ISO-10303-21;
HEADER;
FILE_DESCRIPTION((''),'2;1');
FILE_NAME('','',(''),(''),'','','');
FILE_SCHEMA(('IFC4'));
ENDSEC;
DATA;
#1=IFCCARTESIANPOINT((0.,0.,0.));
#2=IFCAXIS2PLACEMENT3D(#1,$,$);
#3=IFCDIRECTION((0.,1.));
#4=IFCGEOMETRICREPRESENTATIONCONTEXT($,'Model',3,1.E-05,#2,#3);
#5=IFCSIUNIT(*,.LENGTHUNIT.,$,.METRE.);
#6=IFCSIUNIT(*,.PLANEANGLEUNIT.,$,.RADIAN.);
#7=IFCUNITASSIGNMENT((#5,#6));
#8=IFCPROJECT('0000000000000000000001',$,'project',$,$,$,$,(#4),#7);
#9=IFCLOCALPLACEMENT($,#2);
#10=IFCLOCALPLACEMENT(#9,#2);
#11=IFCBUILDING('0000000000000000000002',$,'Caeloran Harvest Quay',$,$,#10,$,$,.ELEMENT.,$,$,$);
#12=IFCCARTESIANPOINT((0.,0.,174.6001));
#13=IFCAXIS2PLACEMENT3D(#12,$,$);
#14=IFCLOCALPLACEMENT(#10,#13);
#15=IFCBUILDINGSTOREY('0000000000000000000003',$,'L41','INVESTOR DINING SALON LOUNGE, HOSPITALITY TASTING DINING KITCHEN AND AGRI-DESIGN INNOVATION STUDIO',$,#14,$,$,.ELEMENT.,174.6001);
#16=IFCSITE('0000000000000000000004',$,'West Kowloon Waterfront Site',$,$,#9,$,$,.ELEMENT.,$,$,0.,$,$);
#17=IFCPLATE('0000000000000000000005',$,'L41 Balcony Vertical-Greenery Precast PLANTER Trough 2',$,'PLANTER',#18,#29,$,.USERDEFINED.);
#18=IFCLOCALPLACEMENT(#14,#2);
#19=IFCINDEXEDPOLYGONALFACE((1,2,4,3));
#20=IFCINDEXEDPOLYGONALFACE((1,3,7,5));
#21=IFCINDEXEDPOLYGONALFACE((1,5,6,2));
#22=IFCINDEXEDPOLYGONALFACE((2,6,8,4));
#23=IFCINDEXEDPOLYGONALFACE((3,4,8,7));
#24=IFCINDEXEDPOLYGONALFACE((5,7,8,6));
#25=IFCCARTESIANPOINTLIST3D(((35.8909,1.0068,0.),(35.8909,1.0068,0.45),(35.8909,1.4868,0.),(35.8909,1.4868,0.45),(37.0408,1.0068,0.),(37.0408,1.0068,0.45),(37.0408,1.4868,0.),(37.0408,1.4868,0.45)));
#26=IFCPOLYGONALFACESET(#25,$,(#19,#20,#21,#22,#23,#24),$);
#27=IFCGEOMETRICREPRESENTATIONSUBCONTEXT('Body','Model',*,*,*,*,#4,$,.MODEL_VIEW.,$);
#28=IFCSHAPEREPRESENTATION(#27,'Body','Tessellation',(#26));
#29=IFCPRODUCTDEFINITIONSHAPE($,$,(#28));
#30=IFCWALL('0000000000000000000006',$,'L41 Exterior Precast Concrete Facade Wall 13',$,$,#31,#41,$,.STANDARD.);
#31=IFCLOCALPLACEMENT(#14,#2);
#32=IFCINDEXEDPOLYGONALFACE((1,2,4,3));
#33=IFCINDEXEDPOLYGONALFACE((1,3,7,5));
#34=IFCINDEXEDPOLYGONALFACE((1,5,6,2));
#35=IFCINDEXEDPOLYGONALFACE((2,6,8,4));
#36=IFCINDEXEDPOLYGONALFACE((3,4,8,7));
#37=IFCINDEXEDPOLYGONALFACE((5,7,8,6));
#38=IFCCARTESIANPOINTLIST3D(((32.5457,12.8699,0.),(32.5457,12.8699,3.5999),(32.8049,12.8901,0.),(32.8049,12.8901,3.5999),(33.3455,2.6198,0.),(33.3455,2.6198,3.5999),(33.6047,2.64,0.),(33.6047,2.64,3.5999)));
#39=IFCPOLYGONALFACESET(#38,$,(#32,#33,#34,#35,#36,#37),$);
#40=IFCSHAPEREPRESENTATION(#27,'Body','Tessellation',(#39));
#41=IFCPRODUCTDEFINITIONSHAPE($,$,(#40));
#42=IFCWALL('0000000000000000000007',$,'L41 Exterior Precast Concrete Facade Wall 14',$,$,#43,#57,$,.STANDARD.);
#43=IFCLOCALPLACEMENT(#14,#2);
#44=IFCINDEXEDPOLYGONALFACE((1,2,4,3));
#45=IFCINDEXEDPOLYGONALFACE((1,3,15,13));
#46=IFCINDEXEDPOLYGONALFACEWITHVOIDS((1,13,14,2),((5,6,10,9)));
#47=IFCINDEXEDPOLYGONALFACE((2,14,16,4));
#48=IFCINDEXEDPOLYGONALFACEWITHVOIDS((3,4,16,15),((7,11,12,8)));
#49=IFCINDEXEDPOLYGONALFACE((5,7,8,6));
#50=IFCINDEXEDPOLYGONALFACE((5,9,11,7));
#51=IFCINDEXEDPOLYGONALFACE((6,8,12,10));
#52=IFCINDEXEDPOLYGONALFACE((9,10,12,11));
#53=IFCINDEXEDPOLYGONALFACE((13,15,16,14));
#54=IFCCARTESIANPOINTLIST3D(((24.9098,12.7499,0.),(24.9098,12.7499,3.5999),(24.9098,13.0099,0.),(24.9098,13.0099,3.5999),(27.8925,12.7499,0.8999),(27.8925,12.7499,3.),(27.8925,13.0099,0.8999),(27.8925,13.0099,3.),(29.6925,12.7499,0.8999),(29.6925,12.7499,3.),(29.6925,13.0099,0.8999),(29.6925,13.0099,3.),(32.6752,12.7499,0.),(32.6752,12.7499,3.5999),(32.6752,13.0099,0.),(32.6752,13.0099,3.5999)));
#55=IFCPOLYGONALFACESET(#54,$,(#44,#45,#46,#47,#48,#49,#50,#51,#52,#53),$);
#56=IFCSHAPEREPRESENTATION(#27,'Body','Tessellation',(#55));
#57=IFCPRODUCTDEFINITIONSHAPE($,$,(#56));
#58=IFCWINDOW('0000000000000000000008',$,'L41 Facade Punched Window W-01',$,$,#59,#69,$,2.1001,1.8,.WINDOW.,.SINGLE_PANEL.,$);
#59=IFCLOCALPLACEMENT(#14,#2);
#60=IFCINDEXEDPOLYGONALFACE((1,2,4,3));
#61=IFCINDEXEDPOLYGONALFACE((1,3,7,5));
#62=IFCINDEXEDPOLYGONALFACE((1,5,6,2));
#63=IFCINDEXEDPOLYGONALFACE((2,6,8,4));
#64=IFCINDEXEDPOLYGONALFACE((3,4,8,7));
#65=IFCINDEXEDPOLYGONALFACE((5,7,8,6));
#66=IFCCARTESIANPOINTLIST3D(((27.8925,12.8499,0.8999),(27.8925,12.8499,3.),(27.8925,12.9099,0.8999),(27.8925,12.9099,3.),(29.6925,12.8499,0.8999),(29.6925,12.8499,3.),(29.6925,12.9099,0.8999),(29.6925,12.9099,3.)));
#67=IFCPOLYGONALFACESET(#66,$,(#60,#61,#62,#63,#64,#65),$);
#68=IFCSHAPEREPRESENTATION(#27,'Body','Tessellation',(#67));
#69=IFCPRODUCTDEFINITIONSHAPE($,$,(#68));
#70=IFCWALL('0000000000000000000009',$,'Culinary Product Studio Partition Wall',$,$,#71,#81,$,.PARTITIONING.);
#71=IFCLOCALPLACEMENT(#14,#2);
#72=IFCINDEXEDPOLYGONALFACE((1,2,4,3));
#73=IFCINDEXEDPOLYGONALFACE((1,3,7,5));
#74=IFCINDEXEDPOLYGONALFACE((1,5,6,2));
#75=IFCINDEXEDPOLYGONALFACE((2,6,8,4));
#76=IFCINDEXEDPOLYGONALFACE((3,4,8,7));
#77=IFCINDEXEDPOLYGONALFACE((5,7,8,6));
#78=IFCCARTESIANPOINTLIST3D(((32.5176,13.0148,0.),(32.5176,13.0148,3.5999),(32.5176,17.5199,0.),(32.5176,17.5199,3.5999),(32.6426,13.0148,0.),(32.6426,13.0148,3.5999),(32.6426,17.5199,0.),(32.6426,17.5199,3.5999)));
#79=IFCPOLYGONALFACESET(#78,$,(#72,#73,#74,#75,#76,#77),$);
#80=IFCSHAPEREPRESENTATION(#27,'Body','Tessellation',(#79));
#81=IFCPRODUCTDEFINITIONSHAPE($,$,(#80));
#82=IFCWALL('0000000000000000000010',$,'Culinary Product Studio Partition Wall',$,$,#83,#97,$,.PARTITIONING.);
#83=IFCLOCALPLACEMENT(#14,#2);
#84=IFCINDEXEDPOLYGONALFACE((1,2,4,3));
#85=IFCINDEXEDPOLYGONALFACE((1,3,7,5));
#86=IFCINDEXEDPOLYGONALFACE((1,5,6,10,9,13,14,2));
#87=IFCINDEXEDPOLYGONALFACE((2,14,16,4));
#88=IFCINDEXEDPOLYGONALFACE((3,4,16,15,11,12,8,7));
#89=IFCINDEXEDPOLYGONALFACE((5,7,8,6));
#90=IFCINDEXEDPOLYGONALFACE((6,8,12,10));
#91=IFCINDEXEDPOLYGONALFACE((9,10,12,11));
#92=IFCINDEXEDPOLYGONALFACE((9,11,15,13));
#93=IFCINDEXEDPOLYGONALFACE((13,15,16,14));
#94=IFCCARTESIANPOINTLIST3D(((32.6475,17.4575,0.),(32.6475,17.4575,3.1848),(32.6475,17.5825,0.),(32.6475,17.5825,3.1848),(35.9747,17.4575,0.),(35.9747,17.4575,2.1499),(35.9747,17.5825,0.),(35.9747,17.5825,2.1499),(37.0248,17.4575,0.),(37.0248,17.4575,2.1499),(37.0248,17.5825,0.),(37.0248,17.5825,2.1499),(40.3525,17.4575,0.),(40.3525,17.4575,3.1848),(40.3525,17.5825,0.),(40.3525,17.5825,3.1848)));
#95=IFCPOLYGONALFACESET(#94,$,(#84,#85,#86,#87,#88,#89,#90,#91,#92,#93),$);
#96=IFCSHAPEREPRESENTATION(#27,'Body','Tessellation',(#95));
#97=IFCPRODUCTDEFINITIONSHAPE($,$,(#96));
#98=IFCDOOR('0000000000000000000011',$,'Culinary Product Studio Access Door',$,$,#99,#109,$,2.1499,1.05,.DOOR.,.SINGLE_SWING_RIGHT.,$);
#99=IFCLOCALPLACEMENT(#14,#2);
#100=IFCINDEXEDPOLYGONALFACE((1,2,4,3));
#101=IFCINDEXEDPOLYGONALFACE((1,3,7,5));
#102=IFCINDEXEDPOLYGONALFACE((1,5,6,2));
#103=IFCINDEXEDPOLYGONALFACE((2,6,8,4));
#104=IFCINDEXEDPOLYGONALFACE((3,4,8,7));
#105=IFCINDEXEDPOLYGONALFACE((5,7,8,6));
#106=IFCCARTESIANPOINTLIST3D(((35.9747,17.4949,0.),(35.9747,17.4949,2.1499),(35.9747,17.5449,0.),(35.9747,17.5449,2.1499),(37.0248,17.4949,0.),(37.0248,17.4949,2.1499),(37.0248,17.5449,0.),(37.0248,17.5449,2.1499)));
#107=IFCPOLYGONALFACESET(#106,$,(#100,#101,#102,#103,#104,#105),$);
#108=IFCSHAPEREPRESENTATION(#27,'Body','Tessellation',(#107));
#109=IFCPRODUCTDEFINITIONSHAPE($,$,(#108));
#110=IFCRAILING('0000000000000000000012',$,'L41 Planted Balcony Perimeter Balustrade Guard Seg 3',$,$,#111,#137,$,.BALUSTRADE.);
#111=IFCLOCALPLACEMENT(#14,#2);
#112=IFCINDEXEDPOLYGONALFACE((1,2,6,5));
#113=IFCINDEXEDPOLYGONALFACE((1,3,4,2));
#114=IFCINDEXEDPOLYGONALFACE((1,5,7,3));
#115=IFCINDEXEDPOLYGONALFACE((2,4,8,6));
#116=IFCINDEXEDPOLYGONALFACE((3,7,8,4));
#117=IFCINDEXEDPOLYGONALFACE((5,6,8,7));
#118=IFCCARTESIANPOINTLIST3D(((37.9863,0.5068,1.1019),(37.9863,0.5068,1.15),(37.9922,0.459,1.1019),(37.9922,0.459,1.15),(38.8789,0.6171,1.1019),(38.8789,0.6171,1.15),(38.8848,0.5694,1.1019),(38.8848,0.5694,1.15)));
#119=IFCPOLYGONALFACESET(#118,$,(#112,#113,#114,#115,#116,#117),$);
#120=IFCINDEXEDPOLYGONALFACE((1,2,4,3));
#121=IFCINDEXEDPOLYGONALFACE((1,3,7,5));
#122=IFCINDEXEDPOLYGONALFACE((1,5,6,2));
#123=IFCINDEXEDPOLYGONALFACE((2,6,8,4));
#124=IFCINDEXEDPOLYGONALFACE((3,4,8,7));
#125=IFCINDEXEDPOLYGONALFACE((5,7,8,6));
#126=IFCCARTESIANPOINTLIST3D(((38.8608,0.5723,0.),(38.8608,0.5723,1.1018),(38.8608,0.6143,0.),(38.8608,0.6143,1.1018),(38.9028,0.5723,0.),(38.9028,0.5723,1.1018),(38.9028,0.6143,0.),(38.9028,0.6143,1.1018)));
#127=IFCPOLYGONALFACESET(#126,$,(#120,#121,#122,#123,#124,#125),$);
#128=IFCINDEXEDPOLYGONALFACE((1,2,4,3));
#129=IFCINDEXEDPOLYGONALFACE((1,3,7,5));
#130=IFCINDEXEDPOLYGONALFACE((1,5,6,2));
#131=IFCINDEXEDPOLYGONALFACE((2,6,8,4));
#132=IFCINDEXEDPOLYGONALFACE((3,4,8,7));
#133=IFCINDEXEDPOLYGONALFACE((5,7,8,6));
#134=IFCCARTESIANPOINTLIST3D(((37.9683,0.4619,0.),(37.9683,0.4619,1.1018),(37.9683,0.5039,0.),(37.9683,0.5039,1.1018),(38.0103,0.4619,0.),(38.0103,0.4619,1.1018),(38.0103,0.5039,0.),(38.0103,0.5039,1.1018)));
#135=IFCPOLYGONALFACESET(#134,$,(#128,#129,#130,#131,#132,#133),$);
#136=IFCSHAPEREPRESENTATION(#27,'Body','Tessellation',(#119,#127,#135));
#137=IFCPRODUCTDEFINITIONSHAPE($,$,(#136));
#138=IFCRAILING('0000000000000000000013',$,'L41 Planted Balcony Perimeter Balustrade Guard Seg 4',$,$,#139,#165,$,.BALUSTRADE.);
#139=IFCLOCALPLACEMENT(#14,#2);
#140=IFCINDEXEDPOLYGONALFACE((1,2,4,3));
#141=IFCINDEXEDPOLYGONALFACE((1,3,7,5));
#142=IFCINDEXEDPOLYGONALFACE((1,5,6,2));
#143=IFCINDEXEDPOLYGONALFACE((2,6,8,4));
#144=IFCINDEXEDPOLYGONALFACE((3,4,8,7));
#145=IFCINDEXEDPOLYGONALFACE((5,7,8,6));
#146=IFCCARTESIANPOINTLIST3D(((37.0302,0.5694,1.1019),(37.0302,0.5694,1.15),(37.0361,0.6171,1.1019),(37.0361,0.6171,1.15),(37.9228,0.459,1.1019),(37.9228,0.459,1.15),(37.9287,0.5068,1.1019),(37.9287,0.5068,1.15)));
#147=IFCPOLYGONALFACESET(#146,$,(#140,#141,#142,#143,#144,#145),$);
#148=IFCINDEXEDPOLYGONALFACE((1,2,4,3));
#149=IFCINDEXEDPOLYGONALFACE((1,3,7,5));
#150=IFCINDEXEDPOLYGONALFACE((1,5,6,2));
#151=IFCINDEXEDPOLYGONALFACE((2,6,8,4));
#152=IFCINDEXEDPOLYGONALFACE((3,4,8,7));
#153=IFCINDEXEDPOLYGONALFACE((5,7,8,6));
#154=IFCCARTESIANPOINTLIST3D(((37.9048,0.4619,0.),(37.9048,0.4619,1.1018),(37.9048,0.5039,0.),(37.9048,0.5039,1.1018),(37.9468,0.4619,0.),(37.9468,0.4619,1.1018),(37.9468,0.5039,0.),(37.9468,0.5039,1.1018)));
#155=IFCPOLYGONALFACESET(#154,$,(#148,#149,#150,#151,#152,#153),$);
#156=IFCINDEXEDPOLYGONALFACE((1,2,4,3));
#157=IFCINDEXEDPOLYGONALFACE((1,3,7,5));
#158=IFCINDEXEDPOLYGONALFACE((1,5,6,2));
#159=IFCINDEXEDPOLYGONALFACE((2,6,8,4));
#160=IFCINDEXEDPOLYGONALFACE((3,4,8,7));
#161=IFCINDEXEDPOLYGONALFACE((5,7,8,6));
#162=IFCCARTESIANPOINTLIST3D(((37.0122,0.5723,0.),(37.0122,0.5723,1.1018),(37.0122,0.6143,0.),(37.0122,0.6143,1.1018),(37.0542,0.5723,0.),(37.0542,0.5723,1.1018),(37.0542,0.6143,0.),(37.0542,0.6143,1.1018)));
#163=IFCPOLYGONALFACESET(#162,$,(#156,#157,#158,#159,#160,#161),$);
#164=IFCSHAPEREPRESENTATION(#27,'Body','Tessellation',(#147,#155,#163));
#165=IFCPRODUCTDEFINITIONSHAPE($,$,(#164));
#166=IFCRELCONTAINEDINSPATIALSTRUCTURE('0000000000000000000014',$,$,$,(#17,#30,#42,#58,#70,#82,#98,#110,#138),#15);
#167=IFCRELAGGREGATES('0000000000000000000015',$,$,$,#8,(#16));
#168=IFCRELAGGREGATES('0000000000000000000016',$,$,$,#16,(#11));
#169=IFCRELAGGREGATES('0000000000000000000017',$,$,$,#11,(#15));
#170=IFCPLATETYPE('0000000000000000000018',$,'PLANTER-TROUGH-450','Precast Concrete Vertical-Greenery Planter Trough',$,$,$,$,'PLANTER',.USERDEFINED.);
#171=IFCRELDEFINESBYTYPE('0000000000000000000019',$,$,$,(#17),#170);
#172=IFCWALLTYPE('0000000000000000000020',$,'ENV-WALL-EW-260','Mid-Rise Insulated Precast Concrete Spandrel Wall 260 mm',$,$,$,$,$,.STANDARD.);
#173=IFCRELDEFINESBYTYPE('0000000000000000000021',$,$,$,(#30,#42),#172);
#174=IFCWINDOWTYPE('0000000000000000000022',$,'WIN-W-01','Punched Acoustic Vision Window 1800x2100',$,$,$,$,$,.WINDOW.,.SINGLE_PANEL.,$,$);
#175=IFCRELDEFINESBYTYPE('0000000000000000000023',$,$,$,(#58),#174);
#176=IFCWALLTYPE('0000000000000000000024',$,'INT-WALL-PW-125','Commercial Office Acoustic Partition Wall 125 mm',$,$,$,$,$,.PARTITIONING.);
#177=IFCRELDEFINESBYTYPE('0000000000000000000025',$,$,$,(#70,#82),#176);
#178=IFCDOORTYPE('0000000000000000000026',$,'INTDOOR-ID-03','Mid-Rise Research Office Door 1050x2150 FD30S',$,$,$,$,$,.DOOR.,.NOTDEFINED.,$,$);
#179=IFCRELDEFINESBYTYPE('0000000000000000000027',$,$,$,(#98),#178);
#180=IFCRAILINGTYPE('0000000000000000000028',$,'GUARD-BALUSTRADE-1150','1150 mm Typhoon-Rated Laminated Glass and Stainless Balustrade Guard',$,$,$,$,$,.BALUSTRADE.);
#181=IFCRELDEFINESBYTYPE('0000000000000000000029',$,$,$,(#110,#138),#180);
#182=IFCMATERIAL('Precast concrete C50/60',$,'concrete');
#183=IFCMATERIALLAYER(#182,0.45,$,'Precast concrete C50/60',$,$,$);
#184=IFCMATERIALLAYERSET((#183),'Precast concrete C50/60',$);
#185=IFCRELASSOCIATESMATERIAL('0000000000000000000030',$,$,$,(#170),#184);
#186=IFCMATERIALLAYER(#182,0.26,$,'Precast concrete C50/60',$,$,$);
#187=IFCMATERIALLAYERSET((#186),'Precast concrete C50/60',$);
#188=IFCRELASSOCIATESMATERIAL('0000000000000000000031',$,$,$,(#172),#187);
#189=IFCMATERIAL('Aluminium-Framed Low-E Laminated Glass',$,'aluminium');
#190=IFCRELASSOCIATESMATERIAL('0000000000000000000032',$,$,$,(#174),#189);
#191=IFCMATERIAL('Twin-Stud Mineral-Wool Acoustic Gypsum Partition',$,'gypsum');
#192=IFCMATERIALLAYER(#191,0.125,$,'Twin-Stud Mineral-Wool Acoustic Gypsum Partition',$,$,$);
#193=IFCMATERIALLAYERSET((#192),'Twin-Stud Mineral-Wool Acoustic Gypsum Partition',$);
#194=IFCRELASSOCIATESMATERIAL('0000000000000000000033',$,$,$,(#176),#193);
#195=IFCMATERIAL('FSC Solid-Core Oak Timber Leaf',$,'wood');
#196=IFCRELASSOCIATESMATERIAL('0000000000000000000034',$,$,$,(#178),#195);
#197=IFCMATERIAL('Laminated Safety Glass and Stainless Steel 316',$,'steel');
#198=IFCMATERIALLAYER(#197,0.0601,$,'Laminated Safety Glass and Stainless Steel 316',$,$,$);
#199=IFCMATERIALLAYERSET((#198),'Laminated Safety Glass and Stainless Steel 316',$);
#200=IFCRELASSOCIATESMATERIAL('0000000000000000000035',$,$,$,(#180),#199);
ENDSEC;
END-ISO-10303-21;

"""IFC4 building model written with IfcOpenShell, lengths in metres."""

from ifc_helpers import new_model, si_unit, direction, frame, frame_2d, origin, origin_2d, place, context, subcontext, project, spatial, rectangle, extrude, material, layer, layer_set, type_object, element, fill, save


model = new_model("IFC4")

# Units and contexts
model_context = context("Model", 3, precision=1e-05, world=origin(), true_north=direction((0.0, 1.0)))
body_context = subcontext(model_context, "Body", "Model", "MODEL_VIEW")
ifc_project = project(units=[si_unit("LENGTHUNIT", "METRE"), si_unit("PLANEANGLEUNIT", "RADIAN")], contexts=[model_context])

# Site, building, storey
site_placement = place(None, origin())
site = spatial("IfcSite", under=ifc_project, at=site_placement, Name="West Kowloon Waterfront Site", CompositionType="ELEMENT", RefElevation=0.0)
building_placement = place(site_placement, origin())
building = spatial("IfcBuilding", under=site, at=building_placement, Name="Caeloran Harvest Quay", CompositionType="ELEMENT")
storey_placement = place(building_placement, frame((0.0, 0.0, 174.6001)))
storey = spatial("IfcBuildingStorey", under=building, at=storey_placement, Name="L41", Description="INVESTOR DINING SALON LOUNGE, HOSPITALITY TASTING DINING KITCHEN AND AGRI-DESIGN INNOVATION STUDIO", CompositionType="ELEMENT", Elevation=174.6001)

# Plate
ifc_material_1 = material(Name="Precast concrete C50/60", Category="concrete")
ifc_layer_1 = layer(ifc_material_1, 0.45, Name="Precast concrete C50/60")
ifc_layer_set_1 = layer_set([ifc_layer_1], Name="Precast concrete C50/60")
plate_type = type_object("IfcPlateType", Name="PLANTER-TROUGH-450", Description="Precast Concrete Vertical-Greenery Planter Trough", ElementType="PLANTER", PredefinedType="USERDEFINED", material=ifc_layer_set_1)
plate_placement = place(storey_placement, frame((36.4658, 1.2468, 0.0), z_axis=(0.0, 0.0, 1.0), x_axis=(1.0, 0.0, 0.0)))
element("IfcPlate", 1, at=plate_placement, inside=storey, type_object=plate_type, Name="L41 Balcony Vertical-Greenery Precast PLANTER Trough 2", ObjectType="PLANTER", PredefinedType="USERDEFINED", context=body_context, shape_type="SweptSolid", body=[
    extrude(rectangle(XDim=1.1499, YDim=0.48, at=origin_2d()), origin(), (0.0, 0.0, 1.0), 0.45),
])

# Wall
ifc_layer_2 = layer(ifc_material_1, 0.26, Name="Precast concrete C50/60")
ifc_layer_set_2 = layer_set([ifc_layer_2], Name="Precast concrete C50/60")
wall_type_1 = type_object("IfcWallType", Name="ENV-WALL-EW-260", Description="Mid-Rise Insulated Precast Concrete Spandrel Wall 260 mm", PredefinedType="STANDARD", material=ifc_layer_set_2)
wall_1_placement = place(storey_placement, frame((33.4751, 2.6299, 0.0), z_axis=(0.0, 0.0, 1.0), x_axis=(-0.077793, 0.99697, 0.0)))
element("IfcWall", 2, at=wall_1_placement, inside=storey, type_object=wall_type_1, Name="L41 Exterior Precast Concrete Facade Wall 13", PredefinedType="STANDARD", context=body_context, shape_type="SweptSolid", body=[
    extrude(rectangle(XDim=10.2812, YDim=0.26, at=frame_2d((5.1406, 0.0))), origin(), (0.0, 0.0, 1.0), 3.5999),
])

# Wall, opening, window
wall_2_placement = place(storey_placement, frame((32.6753, 12.8799, 0.0), z_axis=(0.0, 0.0, 1.0), x_axis=(-1.0, 0.0, 0.0)))
wall_2 = element("IfcWall", 3, at=wall_2_placement, inside=storey, type_object=wall_type_1, Name="L41 Exterior Precast Concrete Facade Wall 14", PredefinedType="STANDARD", context=body_context, shape_type="SweptSolid", body=[
    extrude(rectangle(XDim=7.7654, YDim=0.26, at=frame_2d((3.8828, 0.0))), origin(), (0.0, 0.0, 1.0), 3.5999),
])
opening_1_placement = place(wall_2_placement, frame((2.9829, 0.0, 0.8999)))
opening_1 = element("IfcOpeningElement", 4, at=opening_1_placement, cuts=wall_2, PredefinedType="OPENING", context=body_context, shape_type="SweptSolid", body=[
    extrude(rectangle(XDim=1.8, YDim=2.1001, at=frame_2d((0.8999, 1.05))), frame((0.0, 0.1401, 0.0), z_axis=(0.0, -1.0, 0.0), x_axis=(1.0, 0.0, 0.0)), (0.0, 0.0, 1.0), 0.28),
])
ifc_material_2 = material(Name="Aluminium-Framed Low-E Laminated Glass", Category="aluminium")
window_type = type_object("IfcWindowType", Name="WIN-W-01", Description="Punched Acoustic Vision Window 1800x2100", PartitioningType="SINGLE_PANEL", PredefinedType="WINDOW", material=ifc_material_2)
window_placement = place(opening_1_placement, origin())
window = element("IfcWindow", 5, at=window_placement, inside=storey, type_object=window_type, Name="L41 Facade Punched Window W-01", OverallHeight=2.1001, OverallWidth=1.8, PartitioningType="SINGLE_PANEL", PredefinedType="WINDOW", context=body_context, shape_type="SweptSolid", body=[
    extrude(rectangle(XDim=1.8, YDim=2.1001, at=frame_2d((0.8999, 1.05))), frame((0.0, 0.03, 0.0), z_axis=(0.0, -1.0, 0.0), x_axis=(1.0, 0.0, 0.0)), (0.0, 0.0, 1.0), 0.0601),
])
fill(opening_1, window)

# Wall
ifc_material_3 = material(Name="Twin-Stud Mineral-Wool Acoustic Gypsum Partition", Category="gypsum")
ifc_layer_3 = layer(ifc_material_3, 0.125, Name="Twin-Stud Mineral-Wool Acoustic Gypsum Partition")
ifc_layer_set_3 = layer_set([ifc_layer_3], Name="Twin-Stud Mineral-Wool Acoustic Gypsum Partition")
wall_type_2 = type_object("IfcWallType", Name="INT-WALL-PW-125", Description="Commercial Office Acoustic Partition Wall 125 mm", PredefinedType="PARTITIONING", material=ifc_layer_set_3)
wall_3_placement = place(storey_placement, frame((32.5801, 13.0149, 0.0), z_axis=(0.0, 0.0, 1.0), x_axis=(0.0, 1.0, 0.0)))
element("IfcWall", 6, at=wall_3_placement, inside=storey, type_object=wall_type_2, Name="Culinary Product Studio Partition Wall", PredefinedType="PARTITIONING", context=body_context, shape_type="SweptSolid", body=[
    extrude(rectangle(XDim=4.5051, YDim=0.125, at=frame_2d((2.2524, 0.0))), origin(), (0.0, 0.0, 1.0), 3.5999),
])

# Wall, opening, door
wall_4_placement = place(storey_placement, frame((32.6475, 17.52, 0.0), z_axis=(0.0, 0.0, 1.0), x_axis=(1.0, 0.0, 0.0)))
wall_4 = element("IfcWall", 7, at=wall_4_placement, inside=storey, type_object=wall_type_2, Name="Culinary Product Studio Partition Wall", PredefinedType="PARTITIONING", context=body_context, shape_type="SweptSolid", body=[
    extrude(rectangle(XDim=7.7051, YDim=0.125, at=frame_2d((3.8525, 0.0))), origin(), (0.0, 0.0, 1.0), 3.1848),
])
opening_2_placement = place(wall_4_placement, frame((3.3274, 0.0, 0.0)))
opening_2 = element("IfcOpeningElement", 8, at=opening_2_placement, cuts=wall_4, PredefinedType="OPENING", context=body_context, shape_type="SweptSolid", body=[
    extrude(rectangle(XDim=1.05, YDim=2.1499, at=frame_2d((0.5249, 1.075))), frame((0.0, 0.0725, 0.0), z_axis=(0.0, -1.0, 0.0), x_axis=(1.0, 0.0, 0.0)), (0.0, 0.0, 1.0), 0.145),
])
ifc_material_4 = material(Name="FSC Solid-Core Oak Timber Leaf", Category="wood")
door_type = type_object("IfcDoorType", Name="INTDOOR-ID-03", Description="Mid-Rise Research Office Door 1050x2150 FD30S", OperationType="NOTDEFINED", PredefinedType="DOOR", material=ifc_material_4)
door_placement = place(opening_2_placement, origin())
door = element("IfcDoor", 9, at=door_placement, inside=storey, type_object=door_type, Name="Culinary Product Studio Access Door", OperationType="SINGLE_SWING_RIGHT", OverallHeight=2.1499, OverallWidth=1.05, PredefinedType="DOOR", context=body_context, shape_type="SweptSolid", body=[
    extrude(rectangle(XDim=1.05, YDim=2.1499, at=frame_2d((0.5249, 1.075))), frame((0.0, 0.0249, 0.0), z_axis=(0.0, -1.0, 0.0), x_axis=(1.0, 0.0, 0.0)), (0.0, 0.0, 1.0), 0.05),
])
fill(opening_2, door)

# Railings
ifc_material_5 = material(Name="Laminated Safety Glass and Stainless Steel 316", Category="steel")
ifc_layer_4 = layer(ifc_material_5, 0.0601, Name="Laminated Safety Glass and Stainless Steel 316")
ifc_layer_set_4 = layer_set([ifc_layer_4], Name="Laminated Safety Glass and Stainless Steel 316")
railing_type = type_object("IfcRailingType", Name="GUARD-BALUSTRADE-1150", Description="1150 mm Typhoon-Rated Laminated Glass and Stainless Balustrade Guard", PredefinedType="BALUSTRADE", material=ifc_layer_set_4)
railing_1_placement = place(storey_placement, frame((38.8818, 0.5933, 0.0)))
element("IfcRailing", 10, at=railing_1_placement, inside=storey, type_object=railing_type, Name="L41 Planted Balcony Perimeter Balustrade Guard Seg 3", PredefinedType="BALUSTRADE", context=body_context, shape_type="SweptSolid", body=[
    extrude(rectangle(XDim=0.0481, YDim=0.0481, at=origin_2d()), frame((0.0, 0.0, 1.126), z_axis=(-0.992444, -0.122698, 0.0), x_axis=(0.122698, -0.992444, 0.0)), (0.0, 0.0, 1.0), 0.8994),
    extrude(rectangle(XDim=0.042, YDim=0.042, at=origin_2d()), origin(), (0.0, 0.0, 1.0), 1.1018),
    extrude(rectangle(XDim=0.042, YDim=0.042, at=origin_2d()), frame((-0.8926, -0.1104, 0.0)), (0.0, 0.0, 1.0), 1.1018),
])
railing_2_placement = place(storey_placement, frame((37.9258, 0.4829, 0.0)))
element("IfcRailing", 11, at=railing_2_placement, inside=storey, type_object=railing_type, Name="L41 Planted Balcony Perimeter Balustrade Guard Seg 4", PredefinedType="BALUSTRADE", context=body_context, shape_type="SweptSolid", body=[
    extrude(rectangle(XDim=0.0481, YDim=0.0481, at=origin_2d()), frame((0.0, 0.0, 1.126), z_axis=(-0.992444, 0.122698, 0.0), x_axis=(-0.122698, -0.992444, 0.0)), (0.0, 0.0, 1.0), 0.8994),
    extrude(rectangle(XDim=0.042, YDim=0.042, at=origin_2d()), origin(), (0.0, 0.0, 1.0), 1.1018),
    extrude(rectangle(XDim=0.042, YDim=0.042, at=origin_2d()), frame((-0.8926, 0.1104, 0.0)), (0.0, 0.0, 1.0), 1.1018),
])

save(model, "model.ifc")
